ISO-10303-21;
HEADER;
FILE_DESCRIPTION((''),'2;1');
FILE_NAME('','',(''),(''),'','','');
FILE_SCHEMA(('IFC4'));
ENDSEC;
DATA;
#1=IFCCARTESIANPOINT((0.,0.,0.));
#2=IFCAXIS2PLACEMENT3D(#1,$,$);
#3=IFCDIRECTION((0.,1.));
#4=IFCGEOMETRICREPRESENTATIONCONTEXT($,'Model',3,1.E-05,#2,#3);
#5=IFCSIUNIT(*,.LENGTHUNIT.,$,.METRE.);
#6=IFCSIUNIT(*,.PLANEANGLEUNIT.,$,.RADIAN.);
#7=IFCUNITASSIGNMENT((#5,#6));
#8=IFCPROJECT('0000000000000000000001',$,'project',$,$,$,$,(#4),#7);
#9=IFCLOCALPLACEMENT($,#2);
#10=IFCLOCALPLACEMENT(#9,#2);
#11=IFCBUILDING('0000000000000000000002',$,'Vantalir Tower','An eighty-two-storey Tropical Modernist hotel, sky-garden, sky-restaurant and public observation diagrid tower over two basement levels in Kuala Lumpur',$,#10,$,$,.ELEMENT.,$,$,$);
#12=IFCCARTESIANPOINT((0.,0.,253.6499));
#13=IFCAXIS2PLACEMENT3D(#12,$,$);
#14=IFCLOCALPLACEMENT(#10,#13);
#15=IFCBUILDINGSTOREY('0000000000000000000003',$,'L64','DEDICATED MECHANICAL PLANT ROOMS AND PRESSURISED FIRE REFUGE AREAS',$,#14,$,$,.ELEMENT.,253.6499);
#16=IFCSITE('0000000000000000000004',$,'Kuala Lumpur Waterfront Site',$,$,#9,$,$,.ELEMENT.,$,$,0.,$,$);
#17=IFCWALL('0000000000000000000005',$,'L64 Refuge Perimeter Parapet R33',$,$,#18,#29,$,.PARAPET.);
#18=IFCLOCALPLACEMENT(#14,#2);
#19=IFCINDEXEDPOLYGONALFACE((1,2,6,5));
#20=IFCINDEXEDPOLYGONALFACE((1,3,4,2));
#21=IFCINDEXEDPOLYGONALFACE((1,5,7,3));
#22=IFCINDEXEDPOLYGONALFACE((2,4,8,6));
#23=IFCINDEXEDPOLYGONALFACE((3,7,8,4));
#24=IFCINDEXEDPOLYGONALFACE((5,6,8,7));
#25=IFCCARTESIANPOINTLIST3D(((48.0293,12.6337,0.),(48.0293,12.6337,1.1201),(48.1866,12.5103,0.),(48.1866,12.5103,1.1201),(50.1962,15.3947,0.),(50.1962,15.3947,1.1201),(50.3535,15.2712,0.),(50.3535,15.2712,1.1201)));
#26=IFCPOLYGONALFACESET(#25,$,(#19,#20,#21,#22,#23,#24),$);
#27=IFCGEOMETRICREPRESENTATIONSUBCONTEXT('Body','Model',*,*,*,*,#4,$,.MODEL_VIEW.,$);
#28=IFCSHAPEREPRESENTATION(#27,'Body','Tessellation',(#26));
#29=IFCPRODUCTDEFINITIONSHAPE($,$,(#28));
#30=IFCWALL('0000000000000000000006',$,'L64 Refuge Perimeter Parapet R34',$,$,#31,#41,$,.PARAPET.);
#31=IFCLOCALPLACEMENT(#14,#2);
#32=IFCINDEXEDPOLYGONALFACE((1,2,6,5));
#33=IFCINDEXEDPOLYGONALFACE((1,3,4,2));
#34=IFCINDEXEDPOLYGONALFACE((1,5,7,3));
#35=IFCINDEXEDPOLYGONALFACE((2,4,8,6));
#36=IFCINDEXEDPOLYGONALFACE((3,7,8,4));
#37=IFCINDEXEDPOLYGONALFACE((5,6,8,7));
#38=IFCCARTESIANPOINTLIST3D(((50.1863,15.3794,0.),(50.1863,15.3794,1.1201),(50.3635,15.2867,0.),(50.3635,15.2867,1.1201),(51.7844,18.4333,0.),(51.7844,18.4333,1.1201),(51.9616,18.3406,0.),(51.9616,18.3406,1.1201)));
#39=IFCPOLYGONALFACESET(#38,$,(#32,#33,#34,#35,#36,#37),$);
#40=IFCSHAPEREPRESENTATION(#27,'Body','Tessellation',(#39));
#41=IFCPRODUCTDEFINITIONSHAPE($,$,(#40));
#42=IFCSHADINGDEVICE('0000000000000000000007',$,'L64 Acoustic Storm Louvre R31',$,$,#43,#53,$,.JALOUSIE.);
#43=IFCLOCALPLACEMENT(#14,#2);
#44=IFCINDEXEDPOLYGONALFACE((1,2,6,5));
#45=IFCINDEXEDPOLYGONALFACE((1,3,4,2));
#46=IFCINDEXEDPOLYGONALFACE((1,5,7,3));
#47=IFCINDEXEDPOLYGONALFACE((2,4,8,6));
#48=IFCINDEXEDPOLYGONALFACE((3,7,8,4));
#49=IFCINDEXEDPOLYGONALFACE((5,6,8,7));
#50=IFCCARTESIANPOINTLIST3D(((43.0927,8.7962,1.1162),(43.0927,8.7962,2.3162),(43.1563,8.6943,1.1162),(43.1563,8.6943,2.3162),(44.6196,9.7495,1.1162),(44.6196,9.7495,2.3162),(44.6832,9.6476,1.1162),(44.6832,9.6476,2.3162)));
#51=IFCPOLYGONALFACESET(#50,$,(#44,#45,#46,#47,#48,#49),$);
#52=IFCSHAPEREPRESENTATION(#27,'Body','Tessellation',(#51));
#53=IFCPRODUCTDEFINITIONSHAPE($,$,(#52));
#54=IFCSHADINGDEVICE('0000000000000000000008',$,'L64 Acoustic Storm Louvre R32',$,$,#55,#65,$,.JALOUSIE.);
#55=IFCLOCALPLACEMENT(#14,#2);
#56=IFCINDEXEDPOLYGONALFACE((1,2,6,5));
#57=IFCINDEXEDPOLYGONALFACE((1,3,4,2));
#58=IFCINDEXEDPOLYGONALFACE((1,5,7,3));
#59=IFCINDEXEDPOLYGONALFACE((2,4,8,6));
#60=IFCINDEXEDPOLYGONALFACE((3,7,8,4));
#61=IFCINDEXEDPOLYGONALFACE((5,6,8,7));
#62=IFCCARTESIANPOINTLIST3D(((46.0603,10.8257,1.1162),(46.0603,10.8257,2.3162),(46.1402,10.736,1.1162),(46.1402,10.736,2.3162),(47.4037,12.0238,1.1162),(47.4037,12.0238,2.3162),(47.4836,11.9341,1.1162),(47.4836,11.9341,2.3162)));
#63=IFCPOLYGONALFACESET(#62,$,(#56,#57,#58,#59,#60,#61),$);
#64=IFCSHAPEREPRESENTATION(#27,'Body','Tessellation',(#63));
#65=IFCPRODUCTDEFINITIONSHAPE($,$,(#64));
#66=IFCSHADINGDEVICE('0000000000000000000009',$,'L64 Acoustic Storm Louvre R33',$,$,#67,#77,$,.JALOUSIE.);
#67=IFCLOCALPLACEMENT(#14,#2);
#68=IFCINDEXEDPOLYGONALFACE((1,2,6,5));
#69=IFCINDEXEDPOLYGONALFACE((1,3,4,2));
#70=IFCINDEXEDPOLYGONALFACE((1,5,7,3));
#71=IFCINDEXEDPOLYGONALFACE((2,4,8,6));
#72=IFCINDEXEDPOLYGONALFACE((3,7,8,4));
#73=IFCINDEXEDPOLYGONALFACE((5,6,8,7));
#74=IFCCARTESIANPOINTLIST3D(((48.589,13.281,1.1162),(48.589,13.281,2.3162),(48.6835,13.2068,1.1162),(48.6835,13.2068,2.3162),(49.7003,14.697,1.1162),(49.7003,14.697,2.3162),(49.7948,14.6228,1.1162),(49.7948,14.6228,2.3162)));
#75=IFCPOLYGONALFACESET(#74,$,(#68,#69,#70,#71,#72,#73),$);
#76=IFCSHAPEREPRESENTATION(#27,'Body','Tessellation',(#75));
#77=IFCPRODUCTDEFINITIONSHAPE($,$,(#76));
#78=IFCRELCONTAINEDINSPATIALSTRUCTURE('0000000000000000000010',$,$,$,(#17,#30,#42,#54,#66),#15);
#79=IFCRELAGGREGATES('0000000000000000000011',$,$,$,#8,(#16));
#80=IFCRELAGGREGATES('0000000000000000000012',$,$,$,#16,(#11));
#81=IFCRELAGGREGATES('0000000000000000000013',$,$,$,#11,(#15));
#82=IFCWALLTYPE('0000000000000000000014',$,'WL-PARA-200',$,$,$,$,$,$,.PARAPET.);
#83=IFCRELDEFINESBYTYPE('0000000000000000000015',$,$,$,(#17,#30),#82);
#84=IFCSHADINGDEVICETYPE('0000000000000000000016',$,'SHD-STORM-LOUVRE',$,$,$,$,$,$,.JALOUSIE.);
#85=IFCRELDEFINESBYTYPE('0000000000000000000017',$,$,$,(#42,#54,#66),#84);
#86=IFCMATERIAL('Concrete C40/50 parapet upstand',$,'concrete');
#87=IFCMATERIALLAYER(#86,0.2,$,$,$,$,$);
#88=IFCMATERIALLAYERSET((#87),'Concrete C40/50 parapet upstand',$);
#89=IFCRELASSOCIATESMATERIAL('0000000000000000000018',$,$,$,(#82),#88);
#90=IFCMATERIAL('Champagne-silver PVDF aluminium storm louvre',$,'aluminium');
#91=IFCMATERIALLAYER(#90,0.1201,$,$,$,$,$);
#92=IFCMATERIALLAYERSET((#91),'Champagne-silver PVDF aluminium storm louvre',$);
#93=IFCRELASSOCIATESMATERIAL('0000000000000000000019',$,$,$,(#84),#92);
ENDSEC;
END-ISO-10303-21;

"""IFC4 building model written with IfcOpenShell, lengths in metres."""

from ifc_helpers import new_model, si_unit, direction, frame, frame_2d, origin, origin_2d, place, context, subcontext, project, spatial, rectangle, extrude, material, layer, layer_set, type_object, element, save


model = new_model("IFC4")

# Units and contexts
model_context = context("Model", 3, precision=1e-05, world=origin(), true_north=direction((0.0, 1.0)))
body_context = subcontext(model_context, "Body", "Model", "MODEL_VIEW")
ifc_project = project(units=[si_unit("LENGTHUNIT", "METRE"), si_unit("PLANEANGLEUNIT", "RADIAN")], contexts=[model_context])

# Site, building, storey
site_placement = place(None, origin())
site = spatial("IfcSite", under=ifc_project, at=site_placement, Name="Kuala Lumpur Waterfront Site", CompositionType="ELEMENT", RefElevation=0.0)
building_placement = place(site_placement, origin())
building = spatial("IfcBuilding", under=site, at=building_placement, Name="Vantalir Tower", Description="An eighty-two-storey Tropical Modernist hotel, sky-garden, sky-restaurant and public observation diagrid tower over two basement levels in Kuala Lumpur", CompositionType="ELEMENT")
storey_placement = place(building_placement, frame((0.0, 0.0, 253.6499)))
storey = spatial("IfcBuildingStorey", under=building, at=storey_placement, Name="L64", Description="DEDICATED MECHANICAL PLANT ROOMS AND PRESSURISED FIRE REFUGE AREAS", CompositionType="ELEMENT", Elevation=253.6499)

# Walls
ifc_material_1 = material(Name="Concrete C40/50 parapet upstand", Category="concrete")
ifc_layer_1 = layer(ifc_material_1, 0.2)
ifc_layer_set_1 = layer_set([ifc_layer_1], Name="Concrete C40/50 parapet upstand")
wall_type_1 = type_object("IfcWallType", Name="WL-PARA-200", PredefinedType="PARAPET", material=ifc_layer_set_1)
wall_1_placement = place(storey_placement, frame((48.1079, 12.572, 0.0), z_axis=(0.0, 0.0, 1.0), x_axis=(0.617407, 0.786644, 0.0)))
element("IfcWall", 1, at=wall_1_placement, inside=storey, type_object=wall_type_1, Name="L64 Refuge Perimeter Parapet R33", PredefinedType="PARAPET", context=body_context, shape_type="SweptSolid", body=[
    extrude(rectangle(XDim=3.5098, YDim=0.2, at=frame_2d((1.7549, 0.0))), origin(), (0.0, 0.0, 1.0), 1.1201),
])
wall_2_placement = place(storey_placement, frame((50.2749, 15.333, 0.0), z_axis=(0.0, 0.0, 1.0), x_axis=(0.463655, 0.886016, 0.0)))
element("IfcWall", 2, at=wall_2_placement, inside=storey, type_object=wall_type_1, Name="L64 Refuge Perimeter Parapet R34", PredefinedType="PARAPET", context=body_context, shape_type="SweptSolid", body=[
    extrude(rectangle(XDim=3.4468, YDim=0.2, at=frame_2d((1.7234, 0.0))), origin(), (0.0, 0.0, 1.0), 1.1201),
])

# Shading devices
ifc_material_2 = material(Name="Champagne-silver PVDF aluminium storm louvre", Category="aluminium")
ifc_layer_2 = layer(ifc_material_2, 0.1201)
ifc_layer_set_2 = layer_set([ifc_layer_2], Name="Champagne-silver PVDF aluminium storm louvre")
shading_device_type = type_object("IfcShadingDeviceType", Name="SHD-STORM-LOUVRE", PredefinedType="JALOUSIE", material=ifc_layer_set_2)
for number, where, z_axis, x_axis, name in (
    (3, (43.8879, 9.2219, 1.1162), (0.0, 0.0, 1.0), (0.848242, 0.529608, 0.0), "L64 Acoustic Storm Louvre R31"),
    (4, (46.772, 11.3799, 1.1162), (0.0, 0.0, 1.0), (0.746313, 0.665595, 0.0), "L64 Acoustic Storm Louvre R32"),
    (5, (49.1919, 13.9519, 1.1162), (0.0, 0.0, 1.0), (0.617407, 0.786644, 0.0), "L64 Acoustic Storm Louvre R33"),
):
    element("IfcShadingDevice", number, at=place(storey_placement, frame(where, z_axis=z_axis, x_axis=x_axis)), inside=storey, type_object=shading_device_type, Name=name, PredefinedType="JALOUSIE", context=body_context, shape_type="SweptSolid", body=[
        extrude(rectangle(XDim=1.8, YDim=0.1201, at=origin_2d()), origin(), (0.0, 0.0, 1.0), 1.2),
    ])

save(model, "model.ifc")
